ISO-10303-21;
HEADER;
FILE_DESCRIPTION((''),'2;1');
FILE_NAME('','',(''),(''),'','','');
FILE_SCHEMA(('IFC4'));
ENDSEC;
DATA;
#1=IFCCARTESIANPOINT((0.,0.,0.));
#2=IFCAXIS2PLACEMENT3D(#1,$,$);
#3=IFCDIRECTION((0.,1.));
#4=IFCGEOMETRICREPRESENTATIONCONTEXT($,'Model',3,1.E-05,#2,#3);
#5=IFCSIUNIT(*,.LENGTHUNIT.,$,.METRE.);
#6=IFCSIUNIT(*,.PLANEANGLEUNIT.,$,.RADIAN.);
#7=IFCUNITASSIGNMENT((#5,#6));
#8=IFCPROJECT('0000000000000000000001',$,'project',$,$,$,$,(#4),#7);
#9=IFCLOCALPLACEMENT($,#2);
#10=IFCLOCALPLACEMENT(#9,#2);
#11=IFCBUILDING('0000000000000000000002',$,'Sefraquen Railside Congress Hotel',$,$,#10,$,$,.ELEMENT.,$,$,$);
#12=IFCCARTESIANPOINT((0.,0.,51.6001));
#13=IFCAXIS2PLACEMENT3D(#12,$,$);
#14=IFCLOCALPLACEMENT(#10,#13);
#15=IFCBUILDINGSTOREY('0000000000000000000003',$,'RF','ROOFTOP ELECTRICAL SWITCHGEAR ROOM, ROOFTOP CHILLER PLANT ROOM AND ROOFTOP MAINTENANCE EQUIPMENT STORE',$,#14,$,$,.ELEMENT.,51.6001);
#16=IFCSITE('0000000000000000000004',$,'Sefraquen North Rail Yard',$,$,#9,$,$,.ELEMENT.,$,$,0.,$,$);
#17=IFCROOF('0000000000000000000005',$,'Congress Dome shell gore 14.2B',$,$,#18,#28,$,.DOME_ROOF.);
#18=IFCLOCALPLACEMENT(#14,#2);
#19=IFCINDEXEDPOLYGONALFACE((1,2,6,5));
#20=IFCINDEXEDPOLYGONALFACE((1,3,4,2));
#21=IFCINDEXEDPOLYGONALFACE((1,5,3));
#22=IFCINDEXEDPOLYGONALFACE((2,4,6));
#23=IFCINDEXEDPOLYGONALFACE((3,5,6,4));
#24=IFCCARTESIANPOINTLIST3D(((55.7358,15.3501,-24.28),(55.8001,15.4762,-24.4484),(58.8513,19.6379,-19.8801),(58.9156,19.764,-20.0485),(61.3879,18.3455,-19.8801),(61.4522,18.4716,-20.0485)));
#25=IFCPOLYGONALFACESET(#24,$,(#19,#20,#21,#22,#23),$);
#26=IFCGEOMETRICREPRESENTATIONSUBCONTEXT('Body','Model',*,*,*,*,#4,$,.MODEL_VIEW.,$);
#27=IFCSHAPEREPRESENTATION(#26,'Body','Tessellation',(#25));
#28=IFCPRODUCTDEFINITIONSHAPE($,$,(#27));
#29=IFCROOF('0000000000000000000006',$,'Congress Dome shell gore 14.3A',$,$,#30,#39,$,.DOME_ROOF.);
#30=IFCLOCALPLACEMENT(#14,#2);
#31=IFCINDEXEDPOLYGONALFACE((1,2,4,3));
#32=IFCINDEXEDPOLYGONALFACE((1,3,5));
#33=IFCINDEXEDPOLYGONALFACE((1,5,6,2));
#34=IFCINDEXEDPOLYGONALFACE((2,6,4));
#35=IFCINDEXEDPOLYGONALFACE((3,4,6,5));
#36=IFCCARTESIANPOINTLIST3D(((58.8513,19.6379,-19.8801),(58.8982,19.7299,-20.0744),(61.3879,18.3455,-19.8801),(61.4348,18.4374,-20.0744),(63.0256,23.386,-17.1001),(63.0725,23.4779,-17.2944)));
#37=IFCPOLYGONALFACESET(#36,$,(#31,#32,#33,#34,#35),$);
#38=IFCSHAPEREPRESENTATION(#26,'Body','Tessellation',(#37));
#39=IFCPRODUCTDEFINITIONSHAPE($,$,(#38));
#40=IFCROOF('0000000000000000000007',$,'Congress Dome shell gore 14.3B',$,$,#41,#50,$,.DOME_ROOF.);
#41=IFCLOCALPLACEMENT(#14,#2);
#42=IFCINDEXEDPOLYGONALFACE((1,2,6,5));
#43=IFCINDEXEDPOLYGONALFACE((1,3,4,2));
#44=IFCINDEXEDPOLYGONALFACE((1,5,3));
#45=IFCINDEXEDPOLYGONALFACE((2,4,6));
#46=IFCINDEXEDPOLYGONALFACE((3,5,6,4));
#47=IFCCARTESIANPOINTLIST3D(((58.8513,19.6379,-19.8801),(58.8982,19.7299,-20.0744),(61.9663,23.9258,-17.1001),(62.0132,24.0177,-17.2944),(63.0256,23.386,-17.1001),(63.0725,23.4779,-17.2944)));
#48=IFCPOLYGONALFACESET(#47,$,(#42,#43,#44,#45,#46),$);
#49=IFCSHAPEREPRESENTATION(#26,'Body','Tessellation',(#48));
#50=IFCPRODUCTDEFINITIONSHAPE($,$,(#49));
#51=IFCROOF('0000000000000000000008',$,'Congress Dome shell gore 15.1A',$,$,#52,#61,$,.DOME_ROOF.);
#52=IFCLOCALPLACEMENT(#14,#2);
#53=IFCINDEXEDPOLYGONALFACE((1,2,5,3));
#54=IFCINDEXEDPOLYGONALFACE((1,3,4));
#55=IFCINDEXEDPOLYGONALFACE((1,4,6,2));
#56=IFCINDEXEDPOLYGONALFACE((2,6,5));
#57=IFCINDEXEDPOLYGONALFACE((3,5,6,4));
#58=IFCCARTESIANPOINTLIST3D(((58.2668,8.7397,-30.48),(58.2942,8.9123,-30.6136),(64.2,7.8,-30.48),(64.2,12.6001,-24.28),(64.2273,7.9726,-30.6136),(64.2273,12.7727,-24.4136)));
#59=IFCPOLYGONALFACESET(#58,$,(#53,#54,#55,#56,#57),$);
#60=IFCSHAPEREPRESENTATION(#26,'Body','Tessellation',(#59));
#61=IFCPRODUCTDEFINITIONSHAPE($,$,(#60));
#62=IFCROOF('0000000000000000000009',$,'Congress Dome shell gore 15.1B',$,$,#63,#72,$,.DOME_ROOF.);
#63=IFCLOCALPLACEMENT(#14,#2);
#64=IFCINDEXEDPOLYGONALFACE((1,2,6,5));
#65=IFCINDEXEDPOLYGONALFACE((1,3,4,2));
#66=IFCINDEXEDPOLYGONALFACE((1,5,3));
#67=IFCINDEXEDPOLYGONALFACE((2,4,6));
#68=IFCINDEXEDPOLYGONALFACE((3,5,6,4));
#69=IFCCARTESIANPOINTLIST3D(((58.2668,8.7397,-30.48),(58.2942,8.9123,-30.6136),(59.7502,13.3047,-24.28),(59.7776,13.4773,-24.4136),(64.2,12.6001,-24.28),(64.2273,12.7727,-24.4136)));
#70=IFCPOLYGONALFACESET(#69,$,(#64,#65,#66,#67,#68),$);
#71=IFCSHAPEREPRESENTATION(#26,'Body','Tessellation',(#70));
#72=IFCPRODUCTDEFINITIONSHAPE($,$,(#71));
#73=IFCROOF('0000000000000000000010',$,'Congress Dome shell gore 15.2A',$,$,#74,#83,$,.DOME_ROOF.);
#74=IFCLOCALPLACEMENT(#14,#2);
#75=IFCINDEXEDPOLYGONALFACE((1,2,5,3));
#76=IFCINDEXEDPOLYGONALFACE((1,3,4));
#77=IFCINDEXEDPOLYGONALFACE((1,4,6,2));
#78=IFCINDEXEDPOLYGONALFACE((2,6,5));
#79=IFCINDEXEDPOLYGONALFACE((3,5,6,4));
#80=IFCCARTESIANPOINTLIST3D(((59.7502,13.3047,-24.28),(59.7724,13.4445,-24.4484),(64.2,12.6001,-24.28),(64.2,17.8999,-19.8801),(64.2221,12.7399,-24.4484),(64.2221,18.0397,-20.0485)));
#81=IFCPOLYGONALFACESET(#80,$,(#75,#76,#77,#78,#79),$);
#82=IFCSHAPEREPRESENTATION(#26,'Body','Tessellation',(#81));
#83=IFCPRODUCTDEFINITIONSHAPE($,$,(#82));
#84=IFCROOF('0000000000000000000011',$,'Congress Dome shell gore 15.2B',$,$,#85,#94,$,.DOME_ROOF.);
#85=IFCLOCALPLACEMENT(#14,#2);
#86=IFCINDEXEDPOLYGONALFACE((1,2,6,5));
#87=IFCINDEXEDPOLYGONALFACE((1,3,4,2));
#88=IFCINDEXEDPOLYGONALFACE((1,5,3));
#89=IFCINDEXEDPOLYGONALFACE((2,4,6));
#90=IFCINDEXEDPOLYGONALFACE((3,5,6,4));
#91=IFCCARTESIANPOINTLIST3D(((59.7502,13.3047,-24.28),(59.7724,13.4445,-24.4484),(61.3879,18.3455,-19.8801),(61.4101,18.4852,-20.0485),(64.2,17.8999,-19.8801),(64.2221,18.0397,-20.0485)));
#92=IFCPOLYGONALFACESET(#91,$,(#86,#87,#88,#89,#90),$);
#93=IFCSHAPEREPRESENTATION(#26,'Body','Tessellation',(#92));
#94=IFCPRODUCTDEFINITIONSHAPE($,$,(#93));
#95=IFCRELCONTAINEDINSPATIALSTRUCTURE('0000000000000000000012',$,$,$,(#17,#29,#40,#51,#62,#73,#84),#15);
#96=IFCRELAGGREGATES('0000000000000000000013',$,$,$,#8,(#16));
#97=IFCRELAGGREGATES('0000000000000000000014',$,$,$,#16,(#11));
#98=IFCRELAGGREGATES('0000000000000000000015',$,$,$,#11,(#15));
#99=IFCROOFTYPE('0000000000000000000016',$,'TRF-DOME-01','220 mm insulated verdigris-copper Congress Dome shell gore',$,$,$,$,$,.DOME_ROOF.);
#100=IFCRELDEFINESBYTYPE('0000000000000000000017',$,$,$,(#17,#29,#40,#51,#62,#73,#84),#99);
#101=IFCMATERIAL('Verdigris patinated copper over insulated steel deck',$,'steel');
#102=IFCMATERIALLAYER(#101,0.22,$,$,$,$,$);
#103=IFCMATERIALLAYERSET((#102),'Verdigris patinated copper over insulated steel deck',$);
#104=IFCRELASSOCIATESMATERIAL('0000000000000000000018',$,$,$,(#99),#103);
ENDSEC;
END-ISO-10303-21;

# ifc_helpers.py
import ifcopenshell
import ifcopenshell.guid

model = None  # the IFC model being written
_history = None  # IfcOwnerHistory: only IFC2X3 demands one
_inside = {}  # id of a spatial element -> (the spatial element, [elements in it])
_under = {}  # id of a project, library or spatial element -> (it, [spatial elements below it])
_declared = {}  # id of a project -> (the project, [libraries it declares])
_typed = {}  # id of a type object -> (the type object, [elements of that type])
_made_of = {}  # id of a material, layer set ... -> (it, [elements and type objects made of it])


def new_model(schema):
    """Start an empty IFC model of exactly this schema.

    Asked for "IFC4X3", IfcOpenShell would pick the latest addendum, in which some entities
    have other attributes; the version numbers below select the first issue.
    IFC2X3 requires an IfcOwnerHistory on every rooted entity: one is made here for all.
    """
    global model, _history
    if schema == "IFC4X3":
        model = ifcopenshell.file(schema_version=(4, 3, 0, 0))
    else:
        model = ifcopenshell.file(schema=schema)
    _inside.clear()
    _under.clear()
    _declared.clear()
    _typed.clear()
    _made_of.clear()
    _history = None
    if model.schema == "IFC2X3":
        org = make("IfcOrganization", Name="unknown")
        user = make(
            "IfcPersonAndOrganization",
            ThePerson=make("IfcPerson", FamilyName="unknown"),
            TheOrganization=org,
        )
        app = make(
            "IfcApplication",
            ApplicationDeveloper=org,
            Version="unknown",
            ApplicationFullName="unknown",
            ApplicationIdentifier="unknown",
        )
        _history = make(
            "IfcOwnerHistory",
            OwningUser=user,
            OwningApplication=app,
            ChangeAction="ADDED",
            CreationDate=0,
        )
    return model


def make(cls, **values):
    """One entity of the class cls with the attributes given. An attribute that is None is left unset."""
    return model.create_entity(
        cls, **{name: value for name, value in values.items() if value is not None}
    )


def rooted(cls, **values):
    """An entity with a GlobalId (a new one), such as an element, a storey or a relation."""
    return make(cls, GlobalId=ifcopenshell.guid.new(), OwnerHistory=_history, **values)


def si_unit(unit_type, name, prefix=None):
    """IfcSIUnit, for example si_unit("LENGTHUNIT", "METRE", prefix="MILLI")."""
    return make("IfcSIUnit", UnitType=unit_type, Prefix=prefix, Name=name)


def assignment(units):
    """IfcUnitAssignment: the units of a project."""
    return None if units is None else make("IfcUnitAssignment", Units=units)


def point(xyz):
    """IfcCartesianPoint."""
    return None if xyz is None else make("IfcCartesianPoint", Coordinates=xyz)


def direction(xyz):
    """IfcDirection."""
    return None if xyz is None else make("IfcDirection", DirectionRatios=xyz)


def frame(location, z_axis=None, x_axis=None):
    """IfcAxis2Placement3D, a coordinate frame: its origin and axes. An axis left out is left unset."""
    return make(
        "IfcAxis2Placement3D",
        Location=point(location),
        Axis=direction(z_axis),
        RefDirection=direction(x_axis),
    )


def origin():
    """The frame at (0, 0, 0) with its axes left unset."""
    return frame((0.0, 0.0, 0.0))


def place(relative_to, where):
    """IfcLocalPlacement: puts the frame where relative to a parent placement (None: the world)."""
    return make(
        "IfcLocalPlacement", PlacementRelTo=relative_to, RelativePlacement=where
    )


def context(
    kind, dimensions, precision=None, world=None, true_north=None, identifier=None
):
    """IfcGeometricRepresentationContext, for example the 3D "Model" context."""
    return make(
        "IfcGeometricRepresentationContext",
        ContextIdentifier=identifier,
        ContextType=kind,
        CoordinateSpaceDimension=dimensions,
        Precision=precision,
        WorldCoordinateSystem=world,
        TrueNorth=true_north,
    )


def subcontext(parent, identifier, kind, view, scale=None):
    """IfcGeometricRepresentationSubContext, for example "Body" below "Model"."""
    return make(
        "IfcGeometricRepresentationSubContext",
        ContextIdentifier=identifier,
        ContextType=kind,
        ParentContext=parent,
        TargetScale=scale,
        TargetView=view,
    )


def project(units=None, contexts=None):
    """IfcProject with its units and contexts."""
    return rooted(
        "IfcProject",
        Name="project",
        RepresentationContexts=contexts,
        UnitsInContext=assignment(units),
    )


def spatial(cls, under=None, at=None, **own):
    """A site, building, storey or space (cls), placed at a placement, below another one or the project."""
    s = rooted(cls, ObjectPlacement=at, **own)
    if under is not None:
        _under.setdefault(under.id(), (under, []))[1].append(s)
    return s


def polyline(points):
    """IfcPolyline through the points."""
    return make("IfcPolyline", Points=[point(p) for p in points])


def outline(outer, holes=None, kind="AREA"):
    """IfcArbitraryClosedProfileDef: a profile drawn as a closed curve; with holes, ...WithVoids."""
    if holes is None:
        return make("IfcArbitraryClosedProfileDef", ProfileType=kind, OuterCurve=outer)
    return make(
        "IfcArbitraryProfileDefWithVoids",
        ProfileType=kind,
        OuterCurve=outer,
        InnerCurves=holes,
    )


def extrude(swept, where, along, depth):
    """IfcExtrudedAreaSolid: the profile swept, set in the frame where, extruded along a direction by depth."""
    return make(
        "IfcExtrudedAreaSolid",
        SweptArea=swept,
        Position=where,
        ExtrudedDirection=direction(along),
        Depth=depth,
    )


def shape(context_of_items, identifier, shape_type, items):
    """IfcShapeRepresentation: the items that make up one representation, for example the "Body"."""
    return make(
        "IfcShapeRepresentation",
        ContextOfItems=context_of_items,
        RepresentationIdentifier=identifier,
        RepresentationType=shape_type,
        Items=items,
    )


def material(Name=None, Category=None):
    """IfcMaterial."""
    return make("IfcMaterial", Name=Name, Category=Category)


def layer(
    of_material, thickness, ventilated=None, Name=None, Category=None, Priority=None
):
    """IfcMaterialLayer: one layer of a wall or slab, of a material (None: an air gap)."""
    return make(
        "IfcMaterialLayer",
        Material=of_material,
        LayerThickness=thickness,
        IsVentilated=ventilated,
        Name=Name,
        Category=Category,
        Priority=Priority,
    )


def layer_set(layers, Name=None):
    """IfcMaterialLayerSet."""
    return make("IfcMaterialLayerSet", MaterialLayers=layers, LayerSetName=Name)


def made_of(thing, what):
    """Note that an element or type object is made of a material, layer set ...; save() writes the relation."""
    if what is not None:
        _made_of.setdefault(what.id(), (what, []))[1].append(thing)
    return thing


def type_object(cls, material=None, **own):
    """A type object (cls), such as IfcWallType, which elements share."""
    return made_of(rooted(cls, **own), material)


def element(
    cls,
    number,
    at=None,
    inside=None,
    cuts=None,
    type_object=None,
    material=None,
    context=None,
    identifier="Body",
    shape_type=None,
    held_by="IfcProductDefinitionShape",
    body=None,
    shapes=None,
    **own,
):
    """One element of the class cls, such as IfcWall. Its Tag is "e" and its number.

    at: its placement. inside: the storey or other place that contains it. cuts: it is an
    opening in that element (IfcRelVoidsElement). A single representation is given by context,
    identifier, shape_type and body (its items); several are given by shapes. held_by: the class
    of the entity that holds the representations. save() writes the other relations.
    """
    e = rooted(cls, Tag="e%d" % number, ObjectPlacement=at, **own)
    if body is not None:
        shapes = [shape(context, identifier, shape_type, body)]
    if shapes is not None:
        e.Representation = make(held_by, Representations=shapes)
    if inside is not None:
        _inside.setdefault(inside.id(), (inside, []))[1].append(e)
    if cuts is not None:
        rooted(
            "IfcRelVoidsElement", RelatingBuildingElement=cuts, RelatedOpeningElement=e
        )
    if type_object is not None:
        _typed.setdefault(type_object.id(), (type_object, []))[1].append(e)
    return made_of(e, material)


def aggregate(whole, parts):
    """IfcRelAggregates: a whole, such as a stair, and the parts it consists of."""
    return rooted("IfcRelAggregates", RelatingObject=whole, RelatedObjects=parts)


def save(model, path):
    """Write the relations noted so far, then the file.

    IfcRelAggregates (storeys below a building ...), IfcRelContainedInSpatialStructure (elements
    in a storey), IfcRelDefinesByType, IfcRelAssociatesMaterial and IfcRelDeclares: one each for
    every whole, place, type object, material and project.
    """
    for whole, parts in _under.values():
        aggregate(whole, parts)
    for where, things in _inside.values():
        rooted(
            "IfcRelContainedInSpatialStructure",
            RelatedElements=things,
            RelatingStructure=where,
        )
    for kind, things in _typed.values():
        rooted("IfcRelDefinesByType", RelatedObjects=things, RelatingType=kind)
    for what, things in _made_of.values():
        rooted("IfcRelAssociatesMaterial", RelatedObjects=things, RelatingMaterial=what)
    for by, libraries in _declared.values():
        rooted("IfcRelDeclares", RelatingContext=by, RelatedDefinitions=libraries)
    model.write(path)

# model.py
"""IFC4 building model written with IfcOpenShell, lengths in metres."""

from ifc_helpers import new_model, si_unit, direction, frame, origin, place, context, subcontext, project, spatial, polyline, outline, extrude, material, layer, layer_set, type_object, element, save


model = new_model("IFC4")

# Units and contexts
model_context = context("Model", 3, precision=1e-05, world=origin(), true_north=direction((0.0, 1.0)))
body_context = subcontext(model_context, "Body", "Model", "MODEL_VIEW")
ifc_project = project(units=[si_unit("LENGTHUNIT", "METRE"), si_unit("PLANEANGLEUNIT", "RADIAN")], contexts=[model_context])

# Site, building, storey
site_placement = place(None, origin())
site = spatial("IfcSite", under=ifc_project, at=site_placement, Name="Sefraquen North Rail Yard", CompositionType="ELEMENT", RefElevation=0.0)
building_placement = place(site_placement, origin())
building = spatial("IfcBuilding", under=site, at=building_placement, Name="Sefraquen Railside Congress Hotel", CompositionType="ELEMENT")
storey_placement = place(building_placement, frame((0.0, 0.0, 51.6001)))
storey = spatial("IfcBuildingStorey", under=building, at=storey_placement, Name="RF", Description="ROOFTOP ELECTRICAL SWITCHGEAR ROOM, ROOFTOP CHILLER PLANT ROOM AND ROOFTOP MAINTENANCE EQUIPMENT STORE", CompositionType="ELEMENT", Elevation=51.6001)

# Roofs
ifc_material_1 = material(Name="Verdigris patinated copper over insulated steel deck", Category="steel")
ifc_layer = layer(ifc_material_1, 0.22)
ifc_layer_set = layer_set([ifc_layer], Name="Verdigris patinated copper over insulated steel deck")
roof_type = type_object("IfcRoofType", Name="TRF-DOME-01", Description="220 mm insulated verdigris-copper Congress Dome shell gore", PredefinedType="DOME_ROOF", material=ifc_layer_set)
roof_1_placement = place(storey_placement, frame((55.7358, 15.3501, -24.28), z_axis=(-0.292105, -0.573286, 0.765518), x_axis=(0.728001, 0.385808, 0.566716)))
element("IfcRoof", 1, at=roof_1_placement, inside=storey, type_object=roof_type, Name="Congress Dome shell gore 14.2B", PredefinedType="DOME_ROOF", context=body_context, shape_type="SweptSolid", body=[
    extrude(outline(polyline([(0.0, 0.0), (7.7639, 0.0), (6.4158, 2.5076), (0.0, 0.0)])), origin(), (0.0, 0.0, -1.0), 0.22),
])
roof_2_placement = place(storey_placement, frame((58.8513, 19.6379, -19.8801), z_axis=(-0.212941, -0.417918, 0.883177), x_axis=(0.891005, -0.453993, 0.0)))
element("IfcRoof", 2, at=roof_2_placement, inside=storey, type_object=roof_type, Name="Congress Dome shell gore 14.3A", PredefinedType="DOME_ROOF", context=body_context, shape_type="SweptSolid", body=[
    extrude(outline(polyline([(0.0, 0.0), (2.8469, 0.0), (2.0178, 5.9271), (0.0, 0.0)])), origin(), (0.0, 0.0, -1.0), 0.22),
])
roof_3_placement = place(storey_placement, frame((58.8513, 19.6379, -19.8801), z_axis=(-0.212951, -0.417908, 0.883179), x_axis=(0.666707, 0.598625, 0.444016)))
element("IfcRoof", 3, at=roof_3_placement, inside=storey, type_object=roof_type, Name="Congress Dome shell gore 14.3B", PredefinedType="DOME_ROOF", context=body_context, shape_type="SweptSolid", body=[
    extrude(outline(polyline([(0.0, 0.0), (6.2611, 0.0), (5.878, 1.1255), (0.0, 0.0)])), origin(), (0.0, 0.0, -1.0), 0.22),
])
roof_4_placement = place(storey_placement, frame((58.2668, 8.7397, -30.48), z_axis=(-0.124265, -0.78459, 0.607435), x_axis=(0.987689, -0.156432, 0.0)))
element("IfcRoof", 4, at=roof_4_placement, inside=storey, type_object=roof_type, Name="Congress Dome shell gore 15.1A", PredefinedType="DOME_ROOF", context=body_context, shape_type="SweptSolid", body=[
    extrude(outline(polyline([(0.0, 0.0), (6.0071, 0.0), (5.2562, 7.8049), (0.0, 0.0)])), origin(), (0.0, 0.0, -1.0), 0.22),
])
roof_5_placement = place(storey_placement, frame((58.2668, 8.7397, -30.48), z_axis=(-0.124239, -0.784606, 0.60742), x_axis=(0.630527, 0.41025, 0.658886)))
element("IfcRoof", 5, at=roof_5_placement, inside=storey, type_object=roof_type, Name="Congress Dome shell gore 15.1B", PredefinedType="DOME_ROOF", context=body_context, shape_type="SweptSolid", body=[
    extrude(outline(polyline([(0.0, 0.0), (9.4098, 0.0), (6.8931, 3.7367), (0.0, 0.0)])), origin(), (0.0, 0.0, -1.0), 0.22),
])
roof_6_placement = place(storey_placement, frame((59.7502, 13.3047, -24.28), z_axis=(-0.100631, -0.635518, 0.7655), x_axis=(0.987694, -0.156397, 0.0)))
element("IfcRoof", 6, at=roof_6_placement, inside=storey, type_object=roof_type, Name="Congress Dome shell gore 15.2A", PredefinedType="DOME_ROOF", context=body_context, shape_type="SweptSolid", body=[
    extrude(outline(polyline([(0.0, 0.0), (4.5051, 0.0), (3.6763, 6.8381), (0.0, 0.0)])), origin(), (0.0, 0.0, -1.0), 0.22),
])
roof_7_placement = place(storey_placement, frame((59.7502, 13.3047, -24.28), z_axis=(-0.100691, -0.635482, 0.765522), x_axis=(0.573143, 0.591885, 0.566728)))
element("IfcRoof", 7, at=roof_7_placement, inside=storey, type_object=roof_type, Name="Congress Dome shell gore 15.2B", PredefinedType="DOME_ROOF", context=body_context, shape_type="SweptSolid", body=[
    extrude(outline(polyline([(0.0, 0.0), (7.7637, 0.0), (6.4157, 2.5078), (0.0, 0.0)])), origin(), (0.0, 0.0, -1.0), 0.22),
])

save(model, "model.ifc")
